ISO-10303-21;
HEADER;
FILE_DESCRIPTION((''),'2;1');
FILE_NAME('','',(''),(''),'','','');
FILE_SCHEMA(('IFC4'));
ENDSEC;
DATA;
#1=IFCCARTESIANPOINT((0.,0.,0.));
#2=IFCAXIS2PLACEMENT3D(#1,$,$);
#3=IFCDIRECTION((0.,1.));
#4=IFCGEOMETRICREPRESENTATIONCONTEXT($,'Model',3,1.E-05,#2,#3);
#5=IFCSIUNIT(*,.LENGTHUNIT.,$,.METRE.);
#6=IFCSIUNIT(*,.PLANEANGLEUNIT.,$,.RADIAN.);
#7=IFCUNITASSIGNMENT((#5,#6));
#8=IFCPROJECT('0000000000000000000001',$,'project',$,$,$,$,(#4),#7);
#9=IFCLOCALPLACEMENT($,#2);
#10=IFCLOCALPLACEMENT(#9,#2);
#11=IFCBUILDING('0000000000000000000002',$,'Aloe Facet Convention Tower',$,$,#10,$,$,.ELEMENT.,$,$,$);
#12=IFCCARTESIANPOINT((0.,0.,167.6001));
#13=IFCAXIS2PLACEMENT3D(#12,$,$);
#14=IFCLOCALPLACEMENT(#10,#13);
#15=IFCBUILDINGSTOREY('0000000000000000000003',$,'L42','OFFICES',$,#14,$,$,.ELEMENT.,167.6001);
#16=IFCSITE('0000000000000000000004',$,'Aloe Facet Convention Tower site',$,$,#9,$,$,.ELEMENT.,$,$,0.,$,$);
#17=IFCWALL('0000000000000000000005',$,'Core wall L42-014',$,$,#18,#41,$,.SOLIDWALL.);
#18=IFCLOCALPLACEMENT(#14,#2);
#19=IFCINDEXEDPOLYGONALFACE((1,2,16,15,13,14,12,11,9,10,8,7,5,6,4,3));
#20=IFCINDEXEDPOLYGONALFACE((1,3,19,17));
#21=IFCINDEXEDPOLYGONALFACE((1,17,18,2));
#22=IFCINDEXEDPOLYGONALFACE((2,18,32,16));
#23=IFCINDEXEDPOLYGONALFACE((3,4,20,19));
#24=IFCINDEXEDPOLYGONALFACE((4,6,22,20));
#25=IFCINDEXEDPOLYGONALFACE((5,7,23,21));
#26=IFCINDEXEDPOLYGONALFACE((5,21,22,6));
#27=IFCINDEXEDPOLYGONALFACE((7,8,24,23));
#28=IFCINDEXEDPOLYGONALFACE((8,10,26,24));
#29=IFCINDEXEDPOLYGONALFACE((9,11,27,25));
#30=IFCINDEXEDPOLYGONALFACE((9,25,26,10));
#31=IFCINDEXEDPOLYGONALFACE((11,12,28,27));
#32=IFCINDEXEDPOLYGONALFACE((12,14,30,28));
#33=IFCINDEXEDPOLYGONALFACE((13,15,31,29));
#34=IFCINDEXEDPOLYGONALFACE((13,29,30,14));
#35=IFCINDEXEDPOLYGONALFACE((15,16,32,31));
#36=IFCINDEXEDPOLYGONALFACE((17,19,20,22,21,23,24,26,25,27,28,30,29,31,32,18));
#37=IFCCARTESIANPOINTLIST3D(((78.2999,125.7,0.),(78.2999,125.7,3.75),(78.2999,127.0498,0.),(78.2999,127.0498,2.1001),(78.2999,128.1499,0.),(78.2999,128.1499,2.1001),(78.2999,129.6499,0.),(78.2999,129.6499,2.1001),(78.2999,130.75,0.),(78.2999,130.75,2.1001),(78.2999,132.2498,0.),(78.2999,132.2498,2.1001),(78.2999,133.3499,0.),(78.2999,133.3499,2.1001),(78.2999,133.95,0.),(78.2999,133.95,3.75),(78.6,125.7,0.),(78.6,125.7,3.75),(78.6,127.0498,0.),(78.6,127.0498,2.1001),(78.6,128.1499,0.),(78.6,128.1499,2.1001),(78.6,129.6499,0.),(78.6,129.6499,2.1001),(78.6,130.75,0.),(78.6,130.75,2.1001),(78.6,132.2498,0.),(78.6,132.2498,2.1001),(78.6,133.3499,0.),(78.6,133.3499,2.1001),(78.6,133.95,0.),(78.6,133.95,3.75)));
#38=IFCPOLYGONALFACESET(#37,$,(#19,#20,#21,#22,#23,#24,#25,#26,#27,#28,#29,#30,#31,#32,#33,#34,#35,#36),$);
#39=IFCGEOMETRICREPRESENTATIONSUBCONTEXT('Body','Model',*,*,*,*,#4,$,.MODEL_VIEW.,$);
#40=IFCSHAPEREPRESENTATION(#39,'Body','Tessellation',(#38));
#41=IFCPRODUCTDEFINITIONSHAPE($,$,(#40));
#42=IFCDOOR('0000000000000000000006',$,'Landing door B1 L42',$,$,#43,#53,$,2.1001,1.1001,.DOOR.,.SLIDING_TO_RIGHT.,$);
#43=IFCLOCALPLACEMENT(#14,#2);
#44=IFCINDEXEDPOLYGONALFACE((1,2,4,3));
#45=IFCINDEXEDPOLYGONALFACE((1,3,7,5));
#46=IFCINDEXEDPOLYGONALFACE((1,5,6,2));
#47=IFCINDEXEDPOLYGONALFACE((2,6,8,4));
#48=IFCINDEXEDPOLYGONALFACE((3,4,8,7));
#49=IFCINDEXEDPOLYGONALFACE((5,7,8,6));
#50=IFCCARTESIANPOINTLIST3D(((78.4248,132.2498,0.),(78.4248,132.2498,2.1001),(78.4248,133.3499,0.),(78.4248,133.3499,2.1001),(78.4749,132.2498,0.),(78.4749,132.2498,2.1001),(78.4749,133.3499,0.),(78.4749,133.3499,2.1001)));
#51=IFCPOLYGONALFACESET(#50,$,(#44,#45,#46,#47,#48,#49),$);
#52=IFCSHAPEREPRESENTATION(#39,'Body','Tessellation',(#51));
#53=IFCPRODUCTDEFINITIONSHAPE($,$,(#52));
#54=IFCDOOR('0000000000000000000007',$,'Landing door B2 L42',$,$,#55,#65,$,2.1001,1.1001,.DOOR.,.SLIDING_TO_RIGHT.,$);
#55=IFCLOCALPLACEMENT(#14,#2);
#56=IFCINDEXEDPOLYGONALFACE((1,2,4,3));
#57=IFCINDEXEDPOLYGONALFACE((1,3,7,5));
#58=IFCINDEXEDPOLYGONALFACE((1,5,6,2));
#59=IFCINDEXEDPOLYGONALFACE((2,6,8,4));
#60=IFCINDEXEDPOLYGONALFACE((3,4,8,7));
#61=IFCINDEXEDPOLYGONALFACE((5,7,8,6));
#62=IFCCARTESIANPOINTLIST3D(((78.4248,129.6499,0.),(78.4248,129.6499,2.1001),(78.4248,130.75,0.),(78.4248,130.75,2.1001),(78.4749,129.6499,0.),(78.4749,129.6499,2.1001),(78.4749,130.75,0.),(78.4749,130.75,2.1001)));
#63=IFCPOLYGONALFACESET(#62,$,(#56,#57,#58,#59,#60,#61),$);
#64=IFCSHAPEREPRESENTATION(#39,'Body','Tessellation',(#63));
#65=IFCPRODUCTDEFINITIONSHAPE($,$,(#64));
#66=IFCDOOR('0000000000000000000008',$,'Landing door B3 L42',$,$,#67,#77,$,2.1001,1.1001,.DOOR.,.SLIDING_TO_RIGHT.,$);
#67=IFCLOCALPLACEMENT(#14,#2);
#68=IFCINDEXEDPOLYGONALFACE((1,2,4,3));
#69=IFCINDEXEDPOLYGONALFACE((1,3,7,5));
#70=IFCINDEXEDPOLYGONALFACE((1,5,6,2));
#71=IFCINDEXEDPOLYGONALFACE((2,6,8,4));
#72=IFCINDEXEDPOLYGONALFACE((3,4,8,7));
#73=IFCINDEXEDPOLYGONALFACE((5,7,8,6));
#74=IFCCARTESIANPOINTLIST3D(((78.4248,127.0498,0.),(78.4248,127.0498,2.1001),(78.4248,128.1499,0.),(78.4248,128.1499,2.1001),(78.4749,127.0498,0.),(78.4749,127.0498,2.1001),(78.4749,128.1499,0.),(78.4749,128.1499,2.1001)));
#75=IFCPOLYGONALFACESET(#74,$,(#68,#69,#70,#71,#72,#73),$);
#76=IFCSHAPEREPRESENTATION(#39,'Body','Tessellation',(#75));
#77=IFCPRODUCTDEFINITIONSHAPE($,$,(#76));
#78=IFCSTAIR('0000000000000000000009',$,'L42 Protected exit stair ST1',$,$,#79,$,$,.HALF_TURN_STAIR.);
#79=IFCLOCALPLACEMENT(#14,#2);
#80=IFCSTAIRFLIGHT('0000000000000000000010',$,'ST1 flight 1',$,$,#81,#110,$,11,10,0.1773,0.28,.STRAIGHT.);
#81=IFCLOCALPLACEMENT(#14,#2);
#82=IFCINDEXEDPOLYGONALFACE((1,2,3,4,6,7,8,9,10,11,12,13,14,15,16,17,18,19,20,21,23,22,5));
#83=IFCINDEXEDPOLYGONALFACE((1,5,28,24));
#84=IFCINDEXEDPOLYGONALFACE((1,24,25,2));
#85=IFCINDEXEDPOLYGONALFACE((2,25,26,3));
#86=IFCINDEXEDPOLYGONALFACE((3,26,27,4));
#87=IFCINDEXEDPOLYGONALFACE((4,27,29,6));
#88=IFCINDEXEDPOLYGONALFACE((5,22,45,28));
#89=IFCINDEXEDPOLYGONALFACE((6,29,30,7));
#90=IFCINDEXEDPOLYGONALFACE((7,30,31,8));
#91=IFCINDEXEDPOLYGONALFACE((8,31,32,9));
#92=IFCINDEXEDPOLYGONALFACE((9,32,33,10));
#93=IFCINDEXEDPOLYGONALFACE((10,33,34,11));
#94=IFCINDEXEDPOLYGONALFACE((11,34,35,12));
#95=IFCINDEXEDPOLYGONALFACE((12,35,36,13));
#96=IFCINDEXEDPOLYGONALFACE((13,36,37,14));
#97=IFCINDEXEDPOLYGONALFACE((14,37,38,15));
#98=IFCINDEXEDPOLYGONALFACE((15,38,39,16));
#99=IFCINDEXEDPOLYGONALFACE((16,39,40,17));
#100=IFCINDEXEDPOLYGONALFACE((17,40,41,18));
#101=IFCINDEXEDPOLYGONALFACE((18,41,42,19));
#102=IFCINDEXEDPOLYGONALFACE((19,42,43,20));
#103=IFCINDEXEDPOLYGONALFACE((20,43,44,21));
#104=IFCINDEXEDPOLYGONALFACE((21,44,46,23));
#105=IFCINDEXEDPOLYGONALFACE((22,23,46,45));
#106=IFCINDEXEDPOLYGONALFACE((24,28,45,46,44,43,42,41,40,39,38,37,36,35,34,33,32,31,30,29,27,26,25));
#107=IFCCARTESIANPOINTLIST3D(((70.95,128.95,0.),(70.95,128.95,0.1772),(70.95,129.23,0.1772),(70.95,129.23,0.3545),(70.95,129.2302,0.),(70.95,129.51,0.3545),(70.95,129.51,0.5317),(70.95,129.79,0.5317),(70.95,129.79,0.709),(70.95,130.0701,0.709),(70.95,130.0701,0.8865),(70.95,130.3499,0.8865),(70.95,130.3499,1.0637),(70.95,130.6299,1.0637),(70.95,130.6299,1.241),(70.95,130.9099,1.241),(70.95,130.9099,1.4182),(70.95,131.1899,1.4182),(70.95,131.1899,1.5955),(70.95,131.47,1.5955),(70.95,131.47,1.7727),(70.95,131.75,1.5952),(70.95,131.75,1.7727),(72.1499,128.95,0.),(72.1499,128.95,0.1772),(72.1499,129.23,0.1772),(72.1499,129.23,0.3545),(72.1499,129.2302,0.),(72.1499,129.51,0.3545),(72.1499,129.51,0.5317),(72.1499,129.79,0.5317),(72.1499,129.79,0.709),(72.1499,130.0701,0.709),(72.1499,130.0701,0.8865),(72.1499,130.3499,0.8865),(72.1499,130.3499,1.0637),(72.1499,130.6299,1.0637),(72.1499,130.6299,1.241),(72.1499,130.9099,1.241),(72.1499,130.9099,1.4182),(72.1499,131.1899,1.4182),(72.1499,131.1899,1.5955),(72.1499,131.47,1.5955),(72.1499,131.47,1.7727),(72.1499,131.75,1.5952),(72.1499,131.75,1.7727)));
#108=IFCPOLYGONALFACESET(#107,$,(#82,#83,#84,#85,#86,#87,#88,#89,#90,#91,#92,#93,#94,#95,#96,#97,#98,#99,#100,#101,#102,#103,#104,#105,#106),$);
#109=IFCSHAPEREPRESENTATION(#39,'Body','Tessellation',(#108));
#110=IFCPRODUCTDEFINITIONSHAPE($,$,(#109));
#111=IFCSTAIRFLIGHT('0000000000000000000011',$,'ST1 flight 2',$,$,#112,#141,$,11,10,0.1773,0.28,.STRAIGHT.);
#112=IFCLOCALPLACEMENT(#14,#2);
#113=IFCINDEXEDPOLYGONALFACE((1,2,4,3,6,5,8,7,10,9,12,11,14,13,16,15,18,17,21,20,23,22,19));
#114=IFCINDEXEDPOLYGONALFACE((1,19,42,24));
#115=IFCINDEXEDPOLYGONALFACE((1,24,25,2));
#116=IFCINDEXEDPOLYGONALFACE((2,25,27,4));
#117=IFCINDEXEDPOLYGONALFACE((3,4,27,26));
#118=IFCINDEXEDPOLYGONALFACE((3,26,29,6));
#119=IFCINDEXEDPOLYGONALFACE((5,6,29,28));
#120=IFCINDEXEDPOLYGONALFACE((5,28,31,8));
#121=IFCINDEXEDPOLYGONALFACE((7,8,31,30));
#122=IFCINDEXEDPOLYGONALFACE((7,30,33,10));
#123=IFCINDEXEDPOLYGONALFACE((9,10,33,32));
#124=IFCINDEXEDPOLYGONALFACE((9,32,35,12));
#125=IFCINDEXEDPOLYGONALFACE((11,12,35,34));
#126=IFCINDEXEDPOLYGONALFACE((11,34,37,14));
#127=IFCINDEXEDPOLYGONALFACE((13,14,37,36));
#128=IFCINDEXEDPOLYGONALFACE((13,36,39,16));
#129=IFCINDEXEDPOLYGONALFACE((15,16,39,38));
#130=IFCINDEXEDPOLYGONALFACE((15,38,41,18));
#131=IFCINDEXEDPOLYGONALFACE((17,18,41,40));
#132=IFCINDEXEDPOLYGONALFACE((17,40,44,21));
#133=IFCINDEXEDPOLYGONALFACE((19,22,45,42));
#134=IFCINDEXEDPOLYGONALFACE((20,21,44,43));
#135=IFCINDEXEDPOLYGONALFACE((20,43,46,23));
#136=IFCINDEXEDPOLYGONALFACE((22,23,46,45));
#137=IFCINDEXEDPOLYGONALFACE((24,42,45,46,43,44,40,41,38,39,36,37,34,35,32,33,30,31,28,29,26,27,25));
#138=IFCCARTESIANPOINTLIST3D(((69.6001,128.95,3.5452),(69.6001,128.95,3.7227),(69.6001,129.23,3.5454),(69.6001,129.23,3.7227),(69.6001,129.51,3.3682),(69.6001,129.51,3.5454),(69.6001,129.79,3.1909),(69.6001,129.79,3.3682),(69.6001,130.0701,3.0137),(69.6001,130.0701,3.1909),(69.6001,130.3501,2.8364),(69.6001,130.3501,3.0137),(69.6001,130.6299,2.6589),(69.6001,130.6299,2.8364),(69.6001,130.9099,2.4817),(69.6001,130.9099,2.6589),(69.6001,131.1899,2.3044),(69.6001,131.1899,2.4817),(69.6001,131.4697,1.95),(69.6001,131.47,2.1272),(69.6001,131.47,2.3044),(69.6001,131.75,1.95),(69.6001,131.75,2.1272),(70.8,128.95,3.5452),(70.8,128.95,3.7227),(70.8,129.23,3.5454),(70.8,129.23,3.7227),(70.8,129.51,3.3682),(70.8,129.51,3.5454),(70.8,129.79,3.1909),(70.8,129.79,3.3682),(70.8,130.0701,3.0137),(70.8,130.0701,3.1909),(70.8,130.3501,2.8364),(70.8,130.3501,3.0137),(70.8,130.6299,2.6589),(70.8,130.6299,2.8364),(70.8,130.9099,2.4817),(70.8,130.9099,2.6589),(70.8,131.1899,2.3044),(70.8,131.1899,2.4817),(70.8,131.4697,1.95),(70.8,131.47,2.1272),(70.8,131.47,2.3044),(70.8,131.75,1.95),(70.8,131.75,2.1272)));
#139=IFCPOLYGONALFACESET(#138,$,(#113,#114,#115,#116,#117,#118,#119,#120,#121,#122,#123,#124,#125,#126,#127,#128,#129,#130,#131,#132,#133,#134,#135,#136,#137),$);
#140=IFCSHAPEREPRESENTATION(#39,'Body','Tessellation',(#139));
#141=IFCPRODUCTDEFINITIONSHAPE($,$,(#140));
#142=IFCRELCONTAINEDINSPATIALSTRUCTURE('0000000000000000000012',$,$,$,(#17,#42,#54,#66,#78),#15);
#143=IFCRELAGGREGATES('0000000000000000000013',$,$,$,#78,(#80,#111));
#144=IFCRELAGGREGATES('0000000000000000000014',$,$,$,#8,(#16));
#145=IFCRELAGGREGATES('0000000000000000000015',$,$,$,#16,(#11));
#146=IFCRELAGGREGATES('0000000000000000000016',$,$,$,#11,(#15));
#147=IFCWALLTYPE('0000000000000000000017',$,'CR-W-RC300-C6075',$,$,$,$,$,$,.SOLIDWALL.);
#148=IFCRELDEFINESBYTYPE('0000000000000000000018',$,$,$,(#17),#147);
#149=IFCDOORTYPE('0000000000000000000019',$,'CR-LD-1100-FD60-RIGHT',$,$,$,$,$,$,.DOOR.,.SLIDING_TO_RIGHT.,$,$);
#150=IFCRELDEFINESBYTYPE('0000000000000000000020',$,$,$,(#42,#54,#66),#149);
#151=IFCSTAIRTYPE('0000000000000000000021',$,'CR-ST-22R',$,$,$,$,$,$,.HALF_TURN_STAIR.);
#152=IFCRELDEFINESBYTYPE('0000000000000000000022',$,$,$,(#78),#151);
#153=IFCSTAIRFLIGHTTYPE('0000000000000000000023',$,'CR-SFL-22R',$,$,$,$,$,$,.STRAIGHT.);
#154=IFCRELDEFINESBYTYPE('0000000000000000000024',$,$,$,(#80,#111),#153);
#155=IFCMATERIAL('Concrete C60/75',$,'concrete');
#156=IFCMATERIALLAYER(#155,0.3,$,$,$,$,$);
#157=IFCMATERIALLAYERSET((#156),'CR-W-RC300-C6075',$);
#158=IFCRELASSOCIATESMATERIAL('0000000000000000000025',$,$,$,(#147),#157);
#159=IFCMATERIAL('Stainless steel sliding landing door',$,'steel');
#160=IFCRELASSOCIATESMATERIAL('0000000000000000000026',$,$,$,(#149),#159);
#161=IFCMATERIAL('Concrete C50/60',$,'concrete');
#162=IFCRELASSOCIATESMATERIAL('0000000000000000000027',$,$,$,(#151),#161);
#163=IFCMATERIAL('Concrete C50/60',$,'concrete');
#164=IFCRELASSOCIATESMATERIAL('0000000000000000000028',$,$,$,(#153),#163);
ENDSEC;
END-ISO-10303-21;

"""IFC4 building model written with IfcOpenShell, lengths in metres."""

from ifc_helpers import new_model, si_unit, direction, frame, frame_2d, origin, place, context, subcontext, project, spatial, polyline, rectangle, outline, extrude, material, layer, layer_set, type_object, element, fill, aggregate, save


model = new_model("IFC4")

# Units and contexts
model_context = context("Model", 3, precision=1e-05, world=origin(), true_north=direction((0.0, 1.0)))
body_context = subcontext(model_context, "Body", "Model", "MODEL_VIEW")
ifc_project = project(units=[si_unit("LENGTHUNIT", "METRE"), si_unit("PLANEANGLEUNIT", "RADIAN")], contexts=[model_context])

# Site, building, storey
site_placement = place(None, origin())
site = spatial("IfcSite", under=ifc_project, at=site_placement, Name="Aloe Facet Convention Tower site", CompositionType="ELEMENT", RefElevation=0.0)
building_placement = place(site_placement, origin())
building = spatial("IfcBuilding", under=site, at=building_placement, Name="Aloe Facet Convention Tower", CompositionType="ELEMENT")
storey_placement = place(building_placement, frame((0.0, 0.0, 167.6001)))
storey = spatial("IfcBuildingStorey", under=building, at=storey_placement, Name="L42", Description="OFFICES", CompositionType="ELEMENT", Elevation=167.6001)

# Shared definitions
ifc_material_1 = material(Name="Concrete C60/75", Category="concrete")
ifc_layer_1 = layer(ifc_material_1, 0.3)
ifc_layer_set_1 = layer_set([ifc_layer_1], Name="CR-W-RC300-C6075")
wall_type_1 = type_object("IfcWallType", Name="CR-W-RC300-C6075", PredefinedType="SOLIDWALL", material=ifc_layer_set_1)

# Wall, openings, doors
wall_1_placement = place(storey_placement, frame((78.45, 133.95, 0.0), z_axis=(0.0, 0.0, 1.0), x_axis=(0.0, -1.0, 0.0)))
wall_1 = element("IfcWall", 1, at=wall_1_placement, inside=storey, type_object=wall_type_1, Name="Core wall L42-014", PredefinedType="SOLIDWALL", context=body_context, shape_type="SweptSolid", body=[
    extrude(rectangle(XDim=8.25, YDim=0.3, at=frame_2d((4.125, 0.0))), origin(), (0.0, 0.0, 1.0), 3.75),
])
opening_1_placement = place(wall_1_placement, frame((0.6001, 0.0, 0.0)))
opening_1 = element("IfcOpeningElement", 2, at=opening_1_placement, cuts=wall_1, PredefinedType="OPENING", context=body_context, shape_type="SweptSolid", body=[
    extrude(rectangle(XDim=1.1001, YDim=2.1001, at=frame_2d((0.55, 1.05))), frame((0.0, 0.1602, 0.0), z_axis=(0.0, -1.0, 0.0), x_axis=(1.0, 0.0, 0.0)), (0.0, 0.0, 1.0), 0.3201),
])
opening_2_placement = place(wall_1_placement, frame((3.2, 0.0, 0.0)))
opening_2 = element("IfcOpeningElement", 3, at=opening_2_placement, cuts=wall_1, PredefinedType="OPENING", context=body_context, shape_type="SweptSolid", body=[
    extrude(rectangle(XDim=1.1001, YDim=2.1001, at=frame_2d((0.55, 1.05))), frame((0.0, 0.1602, 0.0), z_axis=(0.0, -1.0, 0.0), x_axis=(1.0, 0.0, 0.0)), (0.0, 0.0, 1.0), 0.3201),
])
opening_3_placement = place(wall_1_placement, frame((5.8, 0.0, 0.0)))
opening_3 = element("IfcOpeningElement", 4, at=opening_3_placement, cuts=wall_1, PredefinedType="OPENING", context=body_context, shape_type="SweptSolid", body=[
    extrude(rectangle(XDim=1.1001, YDim=2.1001, at=frame_2d((0.55, 1.05))), frame((0.0, 0.1602, 0.0), z_axis=(0.0, -1.0, 0.0), x_axis=(1.0, 0.0, 0.0)), (0.0, 0.0, 1.0), 0.3201),
])
ifc_material_2 = material(Name="Stainless steel sliding landing door", Category="steel")
door_type_1 = type_object("IfcDoorType", Name="CR-LD-1100-FD60-RIGHT", OperationType="SLIDING_TO_RIGHT", PredefinedType="DOOR", material=ifc_material_2)
door_1_placement = place(opening_1_placement, origin())
door_1 = element("IfcDoor", 5, at=door_1_placement, inside=storey, type_object=door_type_1, Name="Landing door B1 L42", OperationType="SLIDING_TO_RIGHT", OverallHeight=2.1001, OverallWidth=1.1001, PredefinedType="DOOR", context=body_context, shape_type="SweptSolid", body=[
    extrude(rectangle(XDim=1.1001, YDim=2.1001, at=frame_2d((0.55, 1.05))), frame((0.0, 0.0249, 0.0), z_axis=(0.0, -1.0, 0.0), x_axis=(1.0, 0.0, 0.0)), (0.0, 0.0, 1.0), 0.05),
])
fill(opening_1, door_1)
door_2_placement = place(opening_2_placement, origin())
door_2 = element("IfcDoor", 6, at=door_2_placement, inside=storey, type_object=door_type_1, Name="Landing door B2 L42", OperationType="SLIDING_TO_RIGHT", OverallHeight=2.1001, OverallWidth=1.1001, PredefinedType="DOOR", context=body_context, shape_type="SweptSolid", body=[
    extrude(rectangle(XDim=1.1001, YDim=2.1001, at=frame_2d((0.55, 1.05))), frame((0.0, 0.0249, 0.0), z_axis=(0.0, -1.0, 0.0), x_axis=(1.0, 0.0, 0.0)), (0.0, 0.0, 1.0), 0.05),
])
fill(opening_2, door_2)
door_3_placement = place(opening_3_placement, origin())
door_3 = element("IfcDoor", 7, at=door_3_placement, inside=storey, type_object=door_type_1, Name="Landing door B3 L42", OperationType="SLIDING_TO_RIGHT", OverallHeight=2.1001, OverallWidth=1.1001, PredefinedType="DOOR", context=body_context, shape_type="SweptSolid", body=[
    extrude(rectangle(XDim=1.1001, YDim=2.1001, at=frame_2d((0.55, 1.05))), frame((0.0, 0.0249, 0.0), z_axis=(0.0, -1.0, 0.0), x_axis=(1.0, 0.0, 0.0)), (0.0, 0.0, 1.0), 0.05),
])
fill(opening_3, door_3)

# Stair, stair flights
ifc_material_3 = material(Name="Concrete C50/60", Category="concrete")
stair_type = type_object("IfcStairType", Name="CR-ST-22R", PredefinedType="HALF_TURN_STAIR", material=ifc_material_3)
stair_placement = place(storey_placement, origin())
stair = element("IfcStair", 8, at=stair_placement, inside=storey, type_object=stair_type, Name="L42 Protected exit stair ST1", PredefinedType="HALF_TURN_STAIR")
ifc_material_4 = material(Name="Concrete C50/60", Category="concrete")
stair_flight_type = type_object("IfcStairFlightType", Name="CR-SFL-22R", PredefinedType="STRAIGHT", material=ifc_material_4)
stair_flight_1_placement = place(storey_placement, frame((71.55, 128.95, 0.0), z_axis=(0.0, 0.0, 1.0), x_axis=(0.0, 1.0, 0.0)))
stair_flight_1 = element("IfcStairFlight", 9, at=stair_flight_1_placement, type_object=stair_flight_type, Name="ST1 flight 1", NumberOfRisers=11, NumberOfTreads=10, PredefinedType="STRAIGHT", RiserHeight=0.1773, TreadLength=0.28, context=body_context, shape_type="SweptSolid", body=[
    extrude(outline(polyline([(0.0, 0.0), (0.0, 0.1772), (0.28, 0.1772), (0.28, 0.3545), (0.5601, 0.3545), (0.5601, 0.5317), (0.8401, 0.5317), (0.8401, 0.709), (1.1201, 0.709), (1.1201, 0.8865), (1.3999, 0.8865), (1.3999, 1.0637), (1.6799, 1.0637), (1.6799, 1.241), (1.96, 1.241), (1.96, 1.4182), (2.24, 1.4182), (2.24, 1.5955), (2.52, 1.5955), (2.52, 1.7727), (2.8, 1.7727), (2.8, 1.95), (2.8, 1.5952), (0.2803, 0.0), (0.0, 0.0)])), frame((0.0, 0.6001, 0.0), z_axis=(0.0, -1.0, 0.0), x_axis=(1.0, 0.0, 0.0)), (0.0, 0.0, 1.0), 1.2),
])
stair_flight_2_placement = place(storey_placement, frame((70.2, 131.75, 1.95), z_axis=(0.0, 0.0, 1.0), x_axis=(0.0, -1.0, 0.0)))
stair_flight_2 = element("IfcStairFlight", 10, at=stair_flight_2_placement, type_object=stair_flight_type, Name="ST1 flight 2", NumberOfRisers=11, NumberOfTreads=10, PredefinedType="STRAIGHT", RiserHeight=0.1773, TreadLength=0.28, context=body_context, shape_type="SweptSolid", body=[
    extrude(outline(polyline([(0.0, 0.0), (0.0, 0.1772), (0.28, 0.1772), (0.28, 0.3545), (0.5601, 0.3545), (0.5601, 0.5317), (0.8401, 0.5317), (0.8401, 0.709), (1.1201, 0.709), (1.1201, 0.8865), (1.3999, 0.8865), (1.3999, 1.0637), (1.6799, 1.0637), (1.6799, 1.241), (1.96, 1.241), (1.96, 1.4182), (2.24, 1.4182), (2.24, 1.5955), (2.52, 1.5955), (2.52, 1.7727), (2.8, 1.7727), (2.8, 1.95), (2.8, 1.5952), (0.2803, 0.0), (0.0, 0.0)])), frame((0.0, 0.6001, 0.0), z_axis=(0.0, -1.0, 0.0), x_axis=(1.0, 0.0, 0.0)), (0.0, 0.0, 1.0), 1.2),
])
aggregate(stair, [stair_flight_1, stair_flight_2])

save(model, "model.ifc")
